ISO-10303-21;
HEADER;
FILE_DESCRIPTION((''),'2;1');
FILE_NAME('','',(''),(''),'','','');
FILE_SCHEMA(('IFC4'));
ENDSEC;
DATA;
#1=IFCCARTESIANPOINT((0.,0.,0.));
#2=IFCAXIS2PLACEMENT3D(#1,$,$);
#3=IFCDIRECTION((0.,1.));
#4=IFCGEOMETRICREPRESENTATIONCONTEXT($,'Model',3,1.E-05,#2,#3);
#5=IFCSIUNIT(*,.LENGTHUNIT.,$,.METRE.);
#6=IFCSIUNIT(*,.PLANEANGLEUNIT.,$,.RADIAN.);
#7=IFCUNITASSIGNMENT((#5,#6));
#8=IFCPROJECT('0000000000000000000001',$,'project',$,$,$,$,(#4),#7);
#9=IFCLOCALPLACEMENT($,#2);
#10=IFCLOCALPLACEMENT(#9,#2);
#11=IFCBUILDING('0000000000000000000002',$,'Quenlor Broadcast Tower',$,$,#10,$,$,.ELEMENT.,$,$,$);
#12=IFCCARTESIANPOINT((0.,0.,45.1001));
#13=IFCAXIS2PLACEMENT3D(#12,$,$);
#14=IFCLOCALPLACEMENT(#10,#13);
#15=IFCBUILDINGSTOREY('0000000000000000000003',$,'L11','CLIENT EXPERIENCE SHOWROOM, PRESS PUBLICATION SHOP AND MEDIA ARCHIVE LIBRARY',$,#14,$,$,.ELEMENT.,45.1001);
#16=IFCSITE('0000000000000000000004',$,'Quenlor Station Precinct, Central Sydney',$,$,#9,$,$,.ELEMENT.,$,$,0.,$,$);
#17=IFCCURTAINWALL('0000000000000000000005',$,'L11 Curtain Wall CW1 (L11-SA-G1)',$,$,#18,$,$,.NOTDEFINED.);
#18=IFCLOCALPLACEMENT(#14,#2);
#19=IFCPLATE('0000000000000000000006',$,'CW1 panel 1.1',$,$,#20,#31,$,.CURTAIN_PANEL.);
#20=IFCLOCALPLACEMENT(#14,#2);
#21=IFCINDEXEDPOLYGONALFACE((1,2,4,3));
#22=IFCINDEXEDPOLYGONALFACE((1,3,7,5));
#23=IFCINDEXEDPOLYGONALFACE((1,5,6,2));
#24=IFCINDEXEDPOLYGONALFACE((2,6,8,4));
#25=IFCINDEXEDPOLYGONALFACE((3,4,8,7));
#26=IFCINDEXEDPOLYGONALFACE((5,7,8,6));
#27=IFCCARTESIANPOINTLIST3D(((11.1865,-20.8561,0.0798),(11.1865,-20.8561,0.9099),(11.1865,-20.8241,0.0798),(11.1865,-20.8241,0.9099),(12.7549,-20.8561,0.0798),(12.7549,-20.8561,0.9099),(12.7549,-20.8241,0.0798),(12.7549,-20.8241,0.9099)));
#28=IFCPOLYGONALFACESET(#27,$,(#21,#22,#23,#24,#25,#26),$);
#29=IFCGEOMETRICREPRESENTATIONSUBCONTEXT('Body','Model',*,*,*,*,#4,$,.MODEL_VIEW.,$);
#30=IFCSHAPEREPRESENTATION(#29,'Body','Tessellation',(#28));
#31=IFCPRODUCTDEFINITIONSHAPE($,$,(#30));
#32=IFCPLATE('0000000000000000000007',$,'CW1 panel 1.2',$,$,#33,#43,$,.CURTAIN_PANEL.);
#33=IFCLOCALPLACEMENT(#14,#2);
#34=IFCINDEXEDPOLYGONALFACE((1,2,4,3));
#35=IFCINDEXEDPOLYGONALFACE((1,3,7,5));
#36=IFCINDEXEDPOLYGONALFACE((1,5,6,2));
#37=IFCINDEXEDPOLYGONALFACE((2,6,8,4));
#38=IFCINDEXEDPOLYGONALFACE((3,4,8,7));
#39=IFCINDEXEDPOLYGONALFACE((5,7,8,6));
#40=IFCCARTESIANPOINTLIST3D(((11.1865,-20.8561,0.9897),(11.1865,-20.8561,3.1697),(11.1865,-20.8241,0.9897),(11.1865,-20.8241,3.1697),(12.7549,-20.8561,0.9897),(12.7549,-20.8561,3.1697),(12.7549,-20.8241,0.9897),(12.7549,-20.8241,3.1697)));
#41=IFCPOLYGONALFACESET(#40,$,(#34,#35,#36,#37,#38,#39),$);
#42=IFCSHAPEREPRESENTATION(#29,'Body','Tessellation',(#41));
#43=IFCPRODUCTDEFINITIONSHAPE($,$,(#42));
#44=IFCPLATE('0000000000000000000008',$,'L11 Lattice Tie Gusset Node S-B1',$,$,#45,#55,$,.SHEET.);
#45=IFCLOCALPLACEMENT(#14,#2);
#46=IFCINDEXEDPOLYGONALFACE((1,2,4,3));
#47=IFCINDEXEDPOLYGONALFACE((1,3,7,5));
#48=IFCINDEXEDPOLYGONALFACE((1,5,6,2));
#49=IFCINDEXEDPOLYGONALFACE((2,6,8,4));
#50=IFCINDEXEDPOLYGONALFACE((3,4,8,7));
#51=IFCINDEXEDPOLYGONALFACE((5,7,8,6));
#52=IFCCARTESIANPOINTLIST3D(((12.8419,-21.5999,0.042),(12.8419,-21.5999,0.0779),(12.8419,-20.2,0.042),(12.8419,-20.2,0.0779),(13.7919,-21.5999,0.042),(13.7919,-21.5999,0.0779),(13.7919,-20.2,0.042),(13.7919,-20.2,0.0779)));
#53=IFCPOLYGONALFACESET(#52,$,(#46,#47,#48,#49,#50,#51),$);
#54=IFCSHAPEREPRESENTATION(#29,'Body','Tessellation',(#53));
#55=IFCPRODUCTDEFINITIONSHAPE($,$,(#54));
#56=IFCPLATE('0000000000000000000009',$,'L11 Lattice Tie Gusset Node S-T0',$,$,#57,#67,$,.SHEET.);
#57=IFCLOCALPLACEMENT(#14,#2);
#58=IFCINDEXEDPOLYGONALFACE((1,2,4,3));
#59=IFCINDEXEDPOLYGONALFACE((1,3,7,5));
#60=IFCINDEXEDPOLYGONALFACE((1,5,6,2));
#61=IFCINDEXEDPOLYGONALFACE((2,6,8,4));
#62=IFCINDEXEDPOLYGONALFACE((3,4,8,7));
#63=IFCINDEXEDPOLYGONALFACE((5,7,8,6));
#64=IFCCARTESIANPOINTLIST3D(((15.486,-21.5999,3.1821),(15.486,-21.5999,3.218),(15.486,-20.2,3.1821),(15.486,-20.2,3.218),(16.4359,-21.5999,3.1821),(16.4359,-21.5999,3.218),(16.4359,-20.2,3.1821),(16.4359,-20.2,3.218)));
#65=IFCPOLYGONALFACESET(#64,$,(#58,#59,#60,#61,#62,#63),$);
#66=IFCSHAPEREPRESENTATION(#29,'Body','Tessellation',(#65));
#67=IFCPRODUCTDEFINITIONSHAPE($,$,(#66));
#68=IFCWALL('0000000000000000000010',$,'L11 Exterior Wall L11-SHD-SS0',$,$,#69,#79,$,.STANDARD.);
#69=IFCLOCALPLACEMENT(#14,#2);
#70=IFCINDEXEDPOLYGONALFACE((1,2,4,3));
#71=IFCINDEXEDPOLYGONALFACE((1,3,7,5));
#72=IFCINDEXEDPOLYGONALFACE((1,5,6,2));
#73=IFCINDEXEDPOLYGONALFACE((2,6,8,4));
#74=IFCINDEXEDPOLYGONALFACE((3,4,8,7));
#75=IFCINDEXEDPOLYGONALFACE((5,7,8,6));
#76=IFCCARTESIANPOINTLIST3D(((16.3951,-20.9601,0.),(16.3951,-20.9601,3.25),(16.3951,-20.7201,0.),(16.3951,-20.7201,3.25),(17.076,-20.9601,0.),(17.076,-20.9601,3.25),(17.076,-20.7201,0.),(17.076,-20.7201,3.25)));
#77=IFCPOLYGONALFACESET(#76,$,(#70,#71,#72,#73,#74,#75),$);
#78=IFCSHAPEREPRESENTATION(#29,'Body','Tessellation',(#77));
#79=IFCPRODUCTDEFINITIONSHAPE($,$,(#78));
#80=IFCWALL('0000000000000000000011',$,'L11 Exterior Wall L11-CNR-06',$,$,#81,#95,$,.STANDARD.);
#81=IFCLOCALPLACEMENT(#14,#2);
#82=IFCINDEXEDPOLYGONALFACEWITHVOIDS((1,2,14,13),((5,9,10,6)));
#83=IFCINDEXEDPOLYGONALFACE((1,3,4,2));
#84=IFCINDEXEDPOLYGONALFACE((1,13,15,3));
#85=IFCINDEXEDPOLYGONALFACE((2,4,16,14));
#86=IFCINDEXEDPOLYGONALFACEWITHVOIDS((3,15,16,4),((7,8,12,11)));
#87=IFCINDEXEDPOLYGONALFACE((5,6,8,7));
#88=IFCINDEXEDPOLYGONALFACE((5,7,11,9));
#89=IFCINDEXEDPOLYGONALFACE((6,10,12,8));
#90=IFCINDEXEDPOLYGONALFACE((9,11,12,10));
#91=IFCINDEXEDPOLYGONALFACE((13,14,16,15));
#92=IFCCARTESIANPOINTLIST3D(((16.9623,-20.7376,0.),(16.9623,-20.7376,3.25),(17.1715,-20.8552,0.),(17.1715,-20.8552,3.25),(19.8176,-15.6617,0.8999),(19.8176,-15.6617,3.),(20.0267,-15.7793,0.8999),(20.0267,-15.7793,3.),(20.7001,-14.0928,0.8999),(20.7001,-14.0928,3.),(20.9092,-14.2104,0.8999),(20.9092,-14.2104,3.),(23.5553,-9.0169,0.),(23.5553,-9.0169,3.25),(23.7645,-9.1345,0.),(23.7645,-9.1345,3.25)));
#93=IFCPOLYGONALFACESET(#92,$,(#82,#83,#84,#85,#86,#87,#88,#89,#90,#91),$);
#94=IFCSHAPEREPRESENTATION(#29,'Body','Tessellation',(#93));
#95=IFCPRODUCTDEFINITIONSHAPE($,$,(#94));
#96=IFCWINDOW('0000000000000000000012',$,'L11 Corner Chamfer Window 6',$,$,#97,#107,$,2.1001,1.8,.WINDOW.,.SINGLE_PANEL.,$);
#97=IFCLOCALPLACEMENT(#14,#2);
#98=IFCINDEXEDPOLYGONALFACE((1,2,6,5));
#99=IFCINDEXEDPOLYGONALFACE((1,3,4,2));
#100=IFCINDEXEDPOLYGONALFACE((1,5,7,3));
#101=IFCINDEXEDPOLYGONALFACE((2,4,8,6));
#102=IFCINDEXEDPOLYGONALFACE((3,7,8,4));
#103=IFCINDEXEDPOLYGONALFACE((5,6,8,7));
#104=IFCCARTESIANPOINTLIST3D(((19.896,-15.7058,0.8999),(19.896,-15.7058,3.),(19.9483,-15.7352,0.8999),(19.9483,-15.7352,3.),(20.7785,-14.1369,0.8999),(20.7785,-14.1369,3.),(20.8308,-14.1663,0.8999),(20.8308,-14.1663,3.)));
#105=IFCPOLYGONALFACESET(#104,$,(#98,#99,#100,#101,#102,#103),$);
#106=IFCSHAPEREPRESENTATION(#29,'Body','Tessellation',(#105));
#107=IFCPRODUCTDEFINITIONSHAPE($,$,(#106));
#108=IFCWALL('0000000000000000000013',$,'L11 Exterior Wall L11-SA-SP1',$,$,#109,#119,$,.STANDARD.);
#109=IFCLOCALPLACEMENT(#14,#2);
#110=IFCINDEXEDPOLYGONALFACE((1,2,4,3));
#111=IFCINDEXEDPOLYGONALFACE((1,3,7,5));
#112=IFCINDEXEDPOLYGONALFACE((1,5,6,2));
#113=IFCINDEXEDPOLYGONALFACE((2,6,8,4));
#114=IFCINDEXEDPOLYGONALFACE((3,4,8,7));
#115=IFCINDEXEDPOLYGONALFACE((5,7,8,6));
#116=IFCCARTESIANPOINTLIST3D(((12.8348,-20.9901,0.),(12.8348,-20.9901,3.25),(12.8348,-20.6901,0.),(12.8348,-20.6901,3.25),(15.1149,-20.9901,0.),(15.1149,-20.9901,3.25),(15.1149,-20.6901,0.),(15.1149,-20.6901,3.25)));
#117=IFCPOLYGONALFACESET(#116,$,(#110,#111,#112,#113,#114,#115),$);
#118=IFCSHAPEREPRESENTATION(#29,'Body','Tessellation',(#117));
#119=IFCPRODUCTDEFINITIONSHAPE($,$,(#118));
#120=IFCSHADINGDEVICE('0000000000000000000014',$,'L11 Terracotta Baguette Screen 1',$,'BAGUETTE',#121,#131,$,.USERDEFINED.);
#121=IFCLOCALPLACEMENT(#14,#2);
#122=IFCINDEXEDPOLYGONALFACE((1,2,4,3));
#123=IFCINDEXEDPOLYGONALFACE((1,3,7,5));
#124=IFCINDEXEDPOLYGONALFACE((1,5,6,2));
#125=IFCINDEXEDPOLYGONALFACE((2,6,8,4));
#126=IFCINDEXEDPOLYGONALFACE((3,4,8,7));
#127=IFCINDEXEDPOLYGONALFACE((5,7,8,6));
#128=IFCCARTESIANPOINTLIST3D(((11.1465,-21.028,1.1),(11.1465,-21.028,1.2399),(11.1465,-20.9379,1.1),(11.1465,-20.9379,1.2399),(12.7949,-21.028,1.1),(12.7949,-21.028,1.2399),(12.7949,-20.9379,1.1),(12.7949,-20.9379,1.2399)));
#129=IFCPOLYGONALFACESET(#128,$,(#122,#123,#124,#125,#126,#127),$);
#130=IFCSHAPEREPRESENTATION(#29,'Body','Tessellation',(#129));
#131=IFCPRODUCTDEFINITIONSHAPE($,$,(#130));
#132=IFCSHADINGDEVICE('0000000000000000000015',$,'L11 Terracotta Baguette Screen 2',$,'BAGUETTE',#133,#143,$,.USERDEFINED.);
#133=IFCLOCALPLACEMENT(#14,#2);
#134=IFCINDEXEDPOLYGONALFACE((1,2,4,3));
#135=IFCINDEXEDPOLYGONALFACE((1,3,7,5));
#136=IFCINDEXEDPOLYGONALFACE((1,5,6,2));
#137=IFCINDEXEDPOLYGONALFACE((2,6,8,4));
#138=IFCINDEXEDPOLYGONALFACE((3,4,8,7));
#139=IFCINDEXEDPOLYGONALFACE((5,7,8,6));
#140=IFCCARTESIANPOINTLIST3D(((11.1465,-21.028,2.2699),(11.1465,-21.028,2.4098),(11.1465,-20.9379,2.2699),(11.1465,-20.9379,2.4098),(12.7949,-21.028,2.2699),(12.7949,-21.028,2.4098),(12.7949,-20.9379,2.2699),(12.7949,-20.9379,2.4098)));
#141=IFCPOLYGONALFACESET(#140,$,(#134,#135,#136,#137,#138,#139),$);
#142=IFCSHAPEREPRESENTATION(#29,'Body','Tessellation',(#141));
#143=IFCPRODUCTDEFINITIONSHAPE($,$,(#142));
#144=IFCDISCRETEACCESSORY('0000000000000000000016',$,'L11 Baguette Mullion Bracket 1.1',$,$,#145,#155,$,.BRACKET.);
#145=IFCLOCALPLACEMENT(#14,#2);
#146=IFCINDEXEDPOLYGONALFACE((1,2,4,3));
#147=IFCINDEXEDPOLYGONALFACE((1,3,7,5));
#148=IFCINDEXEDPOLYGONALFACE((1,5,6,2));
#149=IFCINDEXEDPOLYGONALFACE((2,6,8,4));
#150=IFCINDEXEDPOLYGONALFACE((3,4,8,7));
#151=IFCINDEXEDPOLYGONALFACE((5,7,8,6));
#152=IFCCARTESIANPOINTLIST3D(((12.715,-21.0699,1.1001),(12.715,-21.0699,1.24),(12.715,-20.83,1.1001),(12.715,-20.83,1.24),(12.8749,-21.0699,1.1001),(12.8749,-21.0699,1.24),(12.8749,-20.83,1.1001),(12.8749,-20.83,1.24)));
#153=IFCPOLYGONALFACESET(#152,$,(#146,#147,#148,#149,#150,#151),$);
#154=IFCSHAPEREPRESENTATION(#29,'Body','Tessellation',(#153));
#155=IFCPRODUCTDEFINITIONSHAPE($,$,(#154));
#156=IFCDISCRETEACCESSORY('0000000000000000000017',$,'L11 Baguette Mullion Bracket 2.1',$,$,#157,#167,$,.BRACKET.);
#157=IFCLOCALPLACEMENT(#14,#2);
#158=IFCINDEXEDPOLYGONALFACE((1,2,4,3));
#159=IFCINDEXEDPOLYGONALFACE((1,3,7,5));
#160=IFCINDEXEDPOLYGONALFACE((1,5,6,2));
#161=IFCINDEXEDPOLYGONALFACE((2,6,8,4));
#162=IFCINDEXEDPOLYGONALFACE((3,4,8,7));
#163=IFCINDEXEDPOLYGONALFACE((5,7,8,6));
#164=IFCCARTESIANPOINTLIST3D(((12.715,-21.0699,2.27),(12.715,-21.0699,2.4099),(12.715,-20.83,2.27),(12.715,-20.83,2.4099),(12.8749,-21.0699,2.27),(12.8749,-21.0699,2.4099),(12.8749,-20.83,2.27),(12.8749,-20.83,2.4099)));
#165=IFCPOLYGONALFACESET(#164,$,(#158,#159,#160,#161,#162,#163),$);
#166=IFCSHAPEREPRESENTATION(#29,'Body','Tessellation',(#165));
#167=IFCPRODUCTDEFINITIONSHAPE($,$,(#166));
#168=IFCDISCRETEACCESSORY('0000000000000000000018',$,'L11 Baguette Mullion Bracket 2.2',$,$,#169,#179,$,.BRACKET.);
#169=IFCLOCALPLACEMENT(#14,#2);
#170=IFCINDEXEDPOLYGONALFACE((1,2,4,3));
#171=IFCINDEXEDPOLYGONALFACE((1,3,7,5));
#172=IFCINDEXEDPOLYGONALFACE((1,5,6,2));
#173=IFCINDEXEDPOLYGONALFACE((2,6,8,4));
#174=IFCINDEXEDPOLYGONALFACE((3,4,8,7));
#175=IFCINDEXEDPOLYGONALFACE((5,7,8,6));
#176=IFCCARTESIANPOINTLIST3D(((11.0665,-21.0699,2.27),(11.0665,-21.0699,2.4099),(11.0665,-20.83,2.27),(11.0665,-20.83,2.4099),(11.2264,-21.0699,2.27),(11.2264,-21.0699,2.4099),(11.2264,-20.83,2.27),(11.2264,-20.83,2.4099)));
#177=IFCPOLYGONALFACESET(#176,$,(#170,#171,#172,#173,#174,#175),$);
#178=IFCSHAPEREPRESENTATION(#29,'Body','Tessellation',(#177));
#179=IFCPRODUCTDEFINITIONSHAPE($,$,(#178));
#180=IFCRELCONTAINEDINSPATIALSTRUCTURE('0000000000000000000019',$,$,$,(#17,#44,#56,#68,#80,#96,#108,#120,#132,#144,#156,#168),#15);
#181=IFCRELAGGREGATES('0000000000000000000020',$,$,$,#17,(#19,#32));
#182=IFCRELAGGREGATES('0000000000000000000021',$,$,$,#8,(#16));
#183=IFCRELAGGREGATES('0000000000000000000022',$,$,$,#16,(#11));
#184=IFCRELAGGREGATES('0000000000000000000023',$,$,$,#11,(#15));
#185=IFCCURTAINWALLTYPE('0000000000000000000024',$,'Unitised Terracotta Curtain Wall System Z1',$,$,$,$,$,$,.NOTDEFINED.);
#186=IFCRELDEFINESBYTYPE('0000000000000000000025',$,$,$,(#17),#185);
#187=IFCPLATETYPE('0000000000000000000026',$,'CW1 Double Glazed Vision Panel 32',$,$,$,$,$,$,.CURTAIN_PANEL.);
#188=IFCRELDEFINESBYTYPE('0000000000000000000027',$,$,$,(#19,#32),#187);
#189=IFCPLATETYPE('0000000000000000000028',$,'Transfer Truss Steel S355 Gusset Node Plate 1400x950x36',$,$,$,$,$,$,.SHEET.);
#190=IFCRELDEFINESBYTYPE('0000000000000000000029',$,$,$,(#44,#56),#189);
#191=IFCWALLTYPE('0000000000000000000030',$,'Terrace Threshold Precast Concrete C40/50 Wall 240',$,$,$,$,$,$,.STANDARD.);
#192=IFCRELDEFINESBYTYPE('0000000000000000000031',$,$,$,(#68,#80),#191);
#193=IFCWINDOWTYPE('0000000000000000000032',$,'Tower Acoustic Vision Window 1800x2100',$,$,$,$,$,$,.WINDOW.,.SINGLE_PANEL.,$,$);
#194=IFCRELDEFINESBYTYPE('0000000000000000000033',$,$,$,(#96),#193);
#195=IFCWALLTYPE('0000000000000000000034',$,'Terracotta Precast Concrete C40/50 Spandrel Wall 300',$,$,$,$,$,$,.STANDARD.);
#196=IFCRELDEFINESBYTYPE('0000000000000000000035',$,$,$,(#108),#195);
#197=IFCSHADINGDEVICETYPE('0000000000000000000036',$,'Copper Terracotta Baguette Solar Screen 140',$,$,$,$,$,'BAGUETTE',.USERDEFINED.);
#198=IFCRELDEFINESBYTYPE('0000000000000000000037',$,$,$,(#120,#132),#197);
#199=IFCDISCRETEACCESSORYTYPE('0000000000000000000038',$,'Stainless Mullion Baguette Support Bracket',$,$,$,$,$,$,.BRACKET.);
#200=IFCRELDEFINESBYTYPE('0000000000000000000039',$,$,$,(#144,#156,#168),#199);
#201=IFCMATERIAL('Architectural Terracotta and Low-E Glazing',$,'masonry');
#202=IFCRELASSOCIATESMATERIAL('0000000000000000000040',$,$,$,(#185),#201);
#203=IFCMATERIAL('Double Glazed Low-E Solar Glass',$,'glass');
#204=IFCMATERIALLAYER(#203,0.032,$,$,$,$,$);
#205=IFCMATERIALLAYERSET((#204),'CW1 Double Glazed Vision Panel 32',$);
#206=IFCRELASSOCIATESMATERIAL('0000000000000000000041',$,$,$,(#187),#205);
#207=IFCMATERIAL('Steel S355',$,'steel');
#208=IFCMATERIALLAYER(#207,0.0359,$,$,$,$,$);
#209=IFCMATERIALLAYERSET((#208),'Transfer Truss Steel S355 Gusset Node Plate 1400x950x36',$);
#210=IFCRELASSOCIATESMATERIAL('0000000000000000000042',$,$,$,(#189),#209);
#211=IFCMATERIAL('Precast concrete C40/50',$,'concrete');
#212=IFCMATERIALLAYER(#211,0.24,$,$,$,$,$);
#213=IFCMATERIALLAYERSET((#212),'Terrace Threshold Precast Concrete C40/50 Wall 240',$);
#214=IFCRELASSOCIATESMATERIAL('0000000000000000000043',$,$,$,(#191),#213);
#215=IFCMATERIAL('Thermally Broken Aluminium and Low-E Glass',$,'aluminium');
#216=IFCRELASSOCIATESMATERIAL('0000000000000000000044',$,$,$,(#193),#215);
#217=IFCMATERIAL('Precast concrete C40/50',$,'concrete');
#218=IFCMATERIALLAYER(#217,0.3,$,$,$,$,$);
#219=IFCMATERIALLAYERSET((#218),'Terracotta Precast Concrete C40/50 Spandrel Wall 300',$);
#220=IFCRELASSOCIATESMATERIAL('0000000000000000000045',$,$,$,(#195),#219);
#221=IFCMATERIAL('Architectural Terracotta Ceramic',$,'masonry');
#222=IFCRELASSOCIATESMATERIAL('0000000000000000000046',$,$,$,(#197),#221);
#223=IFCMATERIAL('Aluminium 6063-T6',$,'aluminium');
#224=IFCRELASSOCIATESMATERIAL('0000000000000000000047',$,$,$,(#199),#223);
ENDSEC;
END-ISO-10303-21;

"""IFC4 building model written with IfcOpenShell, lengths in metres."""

from ifc_helpers import new_model, si_unit, direction, frame, frame_2d, origin, origin_2d, place, context, subcontext, project, spatial, rectangle, extrude, material, layer, layer_set, material_profile, profile_set, type_object, element, fill, aggregate, save


model = new_model("IFC4")

# Units and contexts
model_context = context("Model", 3, precision=1e-05, world=origin(), true_north=direction((0.0, 1.0)))
body_context = subcontext(model_context, "Body", "Model", "MODEL_VIEW")
ifc_project = project(units=[si_unit("LENGTHUNIT", "METRE"), si_unit("PLANEANGLEUNIT", "RADIAN")], contexts=[model_context])

# Site, building, storey
site_placement = place(None, origin())
site = spatial("IfcSite", under=ifc_project, at=site_placement, Name="Quenlor Station Precinct, Central Sydney", CompositionType="ELEMENT", RefElevation=0.0)
building_placement = place(site_placement, origin())
building = spatial("IfcBuilding", under=site, at=building_placement, Name="Quenlor Broadcast Tower", CompositionType="ELEMENT")
storey_placement = place(building_placement, frame((0.0, 0.0, 45.1001)))
storey = spatial("IfcBuildingStorey", under=building, at=storey_placement, Name="L11", Description="CLIENT EXPERIENCE SHOWROOM, PRESS PUBLICATION SHOP AND MEDIA ARCHIVE LIBRARY", CompositionType="ELEMENT", Elevation=45.1001)

# Curtain wall
ifc_material_1 = material(Name="Architectural Terracotta and Low-E Glazing", Category="masonry")
curtain_wall_type = type_object("IfcCurtainWallType", Name="Unitised Terracotta Curtain Wall System Z1", PredefinedType="NOTDEFINED", material=ifc_material_1)
curtain_wall_placement = place(storey_placement, origin())
curtain_wall = element("IfcCurtainWall", 1, at=curtain_wall_placement, inside=storey, type_object=curtain_wall_type, Name="L11 Curtain Wall CW1 (L11-SA-G1)", PredefinedType="NOTDEFINED")

# Plates
ifc_material_2 = material(Name="Double Glazed Low-E Solar Glass", Category="glass")
ifc_layer_1 = layer(ifc_material_2, 0.032)
ifc_layer_set_1 = layer_set([ifc_layer_1], Name="CW1 Double Glazed Vision Panel 32")
plate_type_1 = type_object("IfcPlateType", Name="CW1 Double Glazed Vision Panel 32", PredefinedType="CURTAIN_PANEL", material=ifc_layer_set_1)
plate_1_placement = place(storey_placement, frame((11.9707, -20.8401, 0.0798), z_axis=(0.0, 0.0, 1.0), x_axis=(-1.0, 0.0, 0.0)))
plate_1 = element("IfcPlate", 2, at=plate_1_placement, type_object=plate_type_1, Name="CW1 panel 1.1", PredefinedType="CURTAIN_PANEL", context=body_context, shape_type="SweptSolid", body=[
    extrude(rectangle(XDim=1.5684, YDim=0.032, at=origin_2d()), origin(), (0.0, 0.0, 1.0), 0.8301),
])
plate_2_placement = place(storey_placement, frame((11.9707, -20.8401, 0.9897), z_axis=(0.0, 0.0, 1.0), x_axis=(-1.0, 0.0, 0.0)))
plate_2 = element("IfcPlate", 3, at=plate_2_placement, type_object=plate_type_1, Name="CW1 panel 1.2", PredefinedType="CURTAIN_PANEL", context=body_context, shape_type="SweptSolid", body=[
    extrude(rectangle(XDim=1.5684, YDim=0.032, at=origin_2d()), origin(), (0.0, 0.0, 1.0), 2.1799),
])
aggregate(curtain_wall, [plate_1, plate_2])

# Plates
ifc_material_3 = material(Name="Steel S355", Category="steel")
ifc_layer_2 = layer(ifc_material_3, 0.0359)
ifc_layer_set_2 = layer_set([ifc_layer_2], Name="Transfer Truss Steel S355 Gusset Node Plate 1400x950x36")
plate_type_2 = type_object("IfcPlateType", Name="Transfer Truss Steel S355 Gusset Node Plate 1400x950x36", PredefinedType="SHEET", material=ifc_layer_set_2)
for number, where, z_axis, x_axis, name in (
    (4, (13.3169, -20.8999, 0.042), (0.0, 0.0, 1.0), (0.0, -1.0, 0.0), "L11 Lattice Tie Gusset Node S-B1"),
    (5, (15.9609, -20.8999, 3.1821), (0.0, 0.0, 1.0), (0.0, -1.0, 0.0), "L11 Lattice Tie Gusset Node S-T0"),
):
    element("IfcPlate", number, at=place(storey_placement, frame(where, z_axis=z_axis, x_axis=x_axis)), inside=storey, type_object=plate_type_2, Name=name, PredefinedType="SHEET", context=body_context, shape_type="SweptSolid", body=[
        extrude(rectangle(XDim=1.3999, YDim=0.95, at=origin_2d()), origin(), (0.0, 0.0, 1.0), 0.0359),
    ])

# Wall
ifc_material_4 = material(Name="Precast concrete C40/50", Category="concrete")
ifc_layer_3 = layer(ifc_material_4, 0.24)
ifc_layer_set_3 = layer_set([ifc_layer_3], Name="Terrace Threshold Precast Concrete C40/50 Wall 240")
wall_type_1 = type_object("IfcWallType", Name="Terrace Threshold Precast Concrete C40/50 Wall 240", PredefinedType="STANDARD", material=ifc_layer_set_3)
wall_1_placement = place(storey_placement, frame((17.0759, -20.8401, 0.0), z_axis=(0.0, 0.0, 1.0), x_axis=(-1.0, 0.0, 0.0)))
element("IfcWall", 6, at=wall_1_placement, inside=storey, type_object=wall_type_1, Name="L11 Exterior Wall L11-SHD-SS0", PredefinedType="STANDARD", context=body_context, shape_type="SweptSolid", body=[
    extrude(rectangle(XDim=0.6809, YDim=0.24, at=frame_2d((0.3403, 0.0))), origin(), (0.0, 0.0, 1.0), 3.25),
])

# Wall, opening, window
wall_2_placement = place(storey_placement, frame((17.0669, -20.7964, 0.0), z_axis=(0.0, 0.0, 1.0), x_axis=(0.490268, 0.871572, 0.0)))
wall_2 = element("IfcWall", 7, at=wall_2_placement, inside=storey, type_object=wall_type_1, Name="L11 Exterior Wall L11-CNR-06", PredefinedType="STANDARD", context=body_context, shape_type="SweptSolid", body=[
    extrude(rectangle(XDim=13.4478, YDim=0.24, at=frame_2d((6.7239, 0.0))), origin(), (0.0, 0.0, 1.0), 3.25),
])
opening_placement = place(wall_2_placement, frame((5.824, 0.0, 0.8999)))
opening = element("IfcOpeningElement", 8, at=opening_placement, cuts=wall_2, PredefinedType="OPENING", context=body_context, shape_type="SweptSolid", body=[
    extrude(rectangle(XDim=1.8, YDim=2.1001, at=frame_2d((0.8999, 1.05))), frame((0.0, 0.1299, 0.0), z_axis=(0.0, -1.0, 0.0), x_axis=(1.0, 0.0, 0.0)), (0.0, 0.0, 1.0), 0.26),
])
ifc_material_5 = material(Name="Thermally Broken Aluminium and Low-E Glass", Category="aluminium")
window_type = type_object("IfcWindowType", Name="Tower Acoustic Vision Window 1800x2100", PartitioningType="SINGLE_PANEL", PredefinedType="WINDOW", material=ifc_material_5)
window_placement = place(opening_placement, origin())
window = element("IfcWindow", 9, at=window_placement, inside=storey, type_object=window_type, Name="L11 Corner Chamfer Window 6", OverallHeight=2.1001, OverallWidth=1.8, PartitioningType="SINGLE_PANEL", PredefinedType="WINDOW", context=body_context, shape_type="SweptSolid", body=[
    extrude(rectangle(XDim=1.8, YDim=2.1001, at=frame_2d((0.8999, 1.05))), frame((0.0, 0.03, 0.0), z_axis=(0.0, -1.0, 0.0), x_axis=(1.0, 0.0, 0.0)), (0.0, 0.0, 1.0), 0.0601),
])
fill(opening, window)

# Wall
ifc_material_6 = material(Name="Precast concrete C40/50", Category="concrete")
ifc_layer_4 = layer(ifc_material_6, 0.3)
ifc_layer_set_4 = layer_set([ifc_layer_4], Name="Terracotta Precast Concrete C40/50 Spandrel Wall 300")
wall_type_2 = type_object("IfcWallType", Name="Terracotta Precast Concrete C40/50 Spandrel Wall 300", PredefinedType="STANDARD", material=ifc_layer_set_4)
wall_3_placement = place(storey_placement, frame((15.115, -20.8401, 0.0), z_axis=(0.0, 0.0, 1.0), x_axis=(-1.0, 0.0, 0.0)))
element("IfcWall", 10, at=wall_3_placement, inside=storey, type_object=wall_type_2, Name="L11 Exterior Wall L11-SA-SP1", PredefinedType="STANDARD", context=body_context, shape_type="SweptSolid", body=[
    extrude(rectangle(XDim=2.28, YDim=0.3, at=frame_2d((1.1401, 0.0))), origin(), (0.0, 0.0, 1.0), 3.25),
])

# Shading devices
ifc_material_7 = material(Name="Architectural Terracotta Ceramic", Category="masonry")
ifc_material_profile_1 = material_profile(ifc_material_7, rectangle(XDim=0.0901, YDim=0.1399, at=origin_2d()))
ifc_profile_set_1 = profile_set([ifc_material_profile_1], Name="Architectural Terracotta Ceramic BAG90x140")
shading_device_type = type_object("IfcShadingDeviceType", Name="Copper Terracotta Baguette Solar Screen 140", ElementType="BAGUETTE", PredefinedType="USERDEFINED", material=ifc_profile_set_1)
for number, where, z_axis, x_axis, name in (
    (11, (12.7949, -20.9829, 1.1699), (-1.0, 0.0, 0.0), (0.0, -1.0, 0.0), "L11 Terracotta Baguette Screen 1"),
    (12, (12.7949, -20.9829, 2.3398), (-1.0, 0.0, 0.0), (0.0, -1.0, 0.0), "L11 Terracotta Baguette Screen 2"),
):
    element("IfcShadingDevice", number, at=place(storey_placement, frame(where, z_axis=z_axis, x_axis=x_axis)), inside=storey, type_object=shading_device_type, Name=name, ObjectType="BAGUETTE", PredefinedType="USERDEFINED", context=body_context, shape_type="SweptSolid", body=[
        extrude(rectangle(XDim=0.0901, YDim=0.1399, at=origin_2d()), origin(), (0.0, 0.0, 1.0), 1.6484),
    ])

# Discrete accessories
ifc_material_8 = material(Name="Aluminium 6063-T6", Category="aluminium")
discrete_accessory_type = type_object("IfcDiscreteAccessoryType", Name="Stainless Mullion Baguette Support Bracket", PredefinedType="BRACKET", material=ifc_material_8)
for number, where, z_axis, x_axis, name in (
    (13, (12.7949, -20.95, 1.1001), (0.0, 0.0, 1.0), (-1.0, 0.0, 0.0), "L11 Baguette Mullion Bracket 1.1"),
    (14, (12.7949, -20.95, 2.27), (0.0, 0.0, 1.0), (-1.0, 0.0, 0.0), "L11 Baguette Mullion Bracket 2.1"),
    (15, (11.1465, -20.95, 2.27), (0.0, 0.0, 1.0), (-1.0, 0.0, 0.0), "L11 Baguette Mullion Bracket 2.2"),
):
    element("IfcDiscreteAccessory", number, at=place(storey_placement, frame(where, z_axis=z_axis, x_axis=x_axis)), inside=storey, type_object=discrete_accessory_type, Name=name, PredefinedType="BRACKET", context=body_context, shape_type="SweptSolid", body=[
        extrude(rectangle(XDim=0.1599, YDim=0.24, at=origin_2d()), origin(), (0.0, 0.0, 1.0), 0.1399),
    ])

save(model, "model.ifc")
